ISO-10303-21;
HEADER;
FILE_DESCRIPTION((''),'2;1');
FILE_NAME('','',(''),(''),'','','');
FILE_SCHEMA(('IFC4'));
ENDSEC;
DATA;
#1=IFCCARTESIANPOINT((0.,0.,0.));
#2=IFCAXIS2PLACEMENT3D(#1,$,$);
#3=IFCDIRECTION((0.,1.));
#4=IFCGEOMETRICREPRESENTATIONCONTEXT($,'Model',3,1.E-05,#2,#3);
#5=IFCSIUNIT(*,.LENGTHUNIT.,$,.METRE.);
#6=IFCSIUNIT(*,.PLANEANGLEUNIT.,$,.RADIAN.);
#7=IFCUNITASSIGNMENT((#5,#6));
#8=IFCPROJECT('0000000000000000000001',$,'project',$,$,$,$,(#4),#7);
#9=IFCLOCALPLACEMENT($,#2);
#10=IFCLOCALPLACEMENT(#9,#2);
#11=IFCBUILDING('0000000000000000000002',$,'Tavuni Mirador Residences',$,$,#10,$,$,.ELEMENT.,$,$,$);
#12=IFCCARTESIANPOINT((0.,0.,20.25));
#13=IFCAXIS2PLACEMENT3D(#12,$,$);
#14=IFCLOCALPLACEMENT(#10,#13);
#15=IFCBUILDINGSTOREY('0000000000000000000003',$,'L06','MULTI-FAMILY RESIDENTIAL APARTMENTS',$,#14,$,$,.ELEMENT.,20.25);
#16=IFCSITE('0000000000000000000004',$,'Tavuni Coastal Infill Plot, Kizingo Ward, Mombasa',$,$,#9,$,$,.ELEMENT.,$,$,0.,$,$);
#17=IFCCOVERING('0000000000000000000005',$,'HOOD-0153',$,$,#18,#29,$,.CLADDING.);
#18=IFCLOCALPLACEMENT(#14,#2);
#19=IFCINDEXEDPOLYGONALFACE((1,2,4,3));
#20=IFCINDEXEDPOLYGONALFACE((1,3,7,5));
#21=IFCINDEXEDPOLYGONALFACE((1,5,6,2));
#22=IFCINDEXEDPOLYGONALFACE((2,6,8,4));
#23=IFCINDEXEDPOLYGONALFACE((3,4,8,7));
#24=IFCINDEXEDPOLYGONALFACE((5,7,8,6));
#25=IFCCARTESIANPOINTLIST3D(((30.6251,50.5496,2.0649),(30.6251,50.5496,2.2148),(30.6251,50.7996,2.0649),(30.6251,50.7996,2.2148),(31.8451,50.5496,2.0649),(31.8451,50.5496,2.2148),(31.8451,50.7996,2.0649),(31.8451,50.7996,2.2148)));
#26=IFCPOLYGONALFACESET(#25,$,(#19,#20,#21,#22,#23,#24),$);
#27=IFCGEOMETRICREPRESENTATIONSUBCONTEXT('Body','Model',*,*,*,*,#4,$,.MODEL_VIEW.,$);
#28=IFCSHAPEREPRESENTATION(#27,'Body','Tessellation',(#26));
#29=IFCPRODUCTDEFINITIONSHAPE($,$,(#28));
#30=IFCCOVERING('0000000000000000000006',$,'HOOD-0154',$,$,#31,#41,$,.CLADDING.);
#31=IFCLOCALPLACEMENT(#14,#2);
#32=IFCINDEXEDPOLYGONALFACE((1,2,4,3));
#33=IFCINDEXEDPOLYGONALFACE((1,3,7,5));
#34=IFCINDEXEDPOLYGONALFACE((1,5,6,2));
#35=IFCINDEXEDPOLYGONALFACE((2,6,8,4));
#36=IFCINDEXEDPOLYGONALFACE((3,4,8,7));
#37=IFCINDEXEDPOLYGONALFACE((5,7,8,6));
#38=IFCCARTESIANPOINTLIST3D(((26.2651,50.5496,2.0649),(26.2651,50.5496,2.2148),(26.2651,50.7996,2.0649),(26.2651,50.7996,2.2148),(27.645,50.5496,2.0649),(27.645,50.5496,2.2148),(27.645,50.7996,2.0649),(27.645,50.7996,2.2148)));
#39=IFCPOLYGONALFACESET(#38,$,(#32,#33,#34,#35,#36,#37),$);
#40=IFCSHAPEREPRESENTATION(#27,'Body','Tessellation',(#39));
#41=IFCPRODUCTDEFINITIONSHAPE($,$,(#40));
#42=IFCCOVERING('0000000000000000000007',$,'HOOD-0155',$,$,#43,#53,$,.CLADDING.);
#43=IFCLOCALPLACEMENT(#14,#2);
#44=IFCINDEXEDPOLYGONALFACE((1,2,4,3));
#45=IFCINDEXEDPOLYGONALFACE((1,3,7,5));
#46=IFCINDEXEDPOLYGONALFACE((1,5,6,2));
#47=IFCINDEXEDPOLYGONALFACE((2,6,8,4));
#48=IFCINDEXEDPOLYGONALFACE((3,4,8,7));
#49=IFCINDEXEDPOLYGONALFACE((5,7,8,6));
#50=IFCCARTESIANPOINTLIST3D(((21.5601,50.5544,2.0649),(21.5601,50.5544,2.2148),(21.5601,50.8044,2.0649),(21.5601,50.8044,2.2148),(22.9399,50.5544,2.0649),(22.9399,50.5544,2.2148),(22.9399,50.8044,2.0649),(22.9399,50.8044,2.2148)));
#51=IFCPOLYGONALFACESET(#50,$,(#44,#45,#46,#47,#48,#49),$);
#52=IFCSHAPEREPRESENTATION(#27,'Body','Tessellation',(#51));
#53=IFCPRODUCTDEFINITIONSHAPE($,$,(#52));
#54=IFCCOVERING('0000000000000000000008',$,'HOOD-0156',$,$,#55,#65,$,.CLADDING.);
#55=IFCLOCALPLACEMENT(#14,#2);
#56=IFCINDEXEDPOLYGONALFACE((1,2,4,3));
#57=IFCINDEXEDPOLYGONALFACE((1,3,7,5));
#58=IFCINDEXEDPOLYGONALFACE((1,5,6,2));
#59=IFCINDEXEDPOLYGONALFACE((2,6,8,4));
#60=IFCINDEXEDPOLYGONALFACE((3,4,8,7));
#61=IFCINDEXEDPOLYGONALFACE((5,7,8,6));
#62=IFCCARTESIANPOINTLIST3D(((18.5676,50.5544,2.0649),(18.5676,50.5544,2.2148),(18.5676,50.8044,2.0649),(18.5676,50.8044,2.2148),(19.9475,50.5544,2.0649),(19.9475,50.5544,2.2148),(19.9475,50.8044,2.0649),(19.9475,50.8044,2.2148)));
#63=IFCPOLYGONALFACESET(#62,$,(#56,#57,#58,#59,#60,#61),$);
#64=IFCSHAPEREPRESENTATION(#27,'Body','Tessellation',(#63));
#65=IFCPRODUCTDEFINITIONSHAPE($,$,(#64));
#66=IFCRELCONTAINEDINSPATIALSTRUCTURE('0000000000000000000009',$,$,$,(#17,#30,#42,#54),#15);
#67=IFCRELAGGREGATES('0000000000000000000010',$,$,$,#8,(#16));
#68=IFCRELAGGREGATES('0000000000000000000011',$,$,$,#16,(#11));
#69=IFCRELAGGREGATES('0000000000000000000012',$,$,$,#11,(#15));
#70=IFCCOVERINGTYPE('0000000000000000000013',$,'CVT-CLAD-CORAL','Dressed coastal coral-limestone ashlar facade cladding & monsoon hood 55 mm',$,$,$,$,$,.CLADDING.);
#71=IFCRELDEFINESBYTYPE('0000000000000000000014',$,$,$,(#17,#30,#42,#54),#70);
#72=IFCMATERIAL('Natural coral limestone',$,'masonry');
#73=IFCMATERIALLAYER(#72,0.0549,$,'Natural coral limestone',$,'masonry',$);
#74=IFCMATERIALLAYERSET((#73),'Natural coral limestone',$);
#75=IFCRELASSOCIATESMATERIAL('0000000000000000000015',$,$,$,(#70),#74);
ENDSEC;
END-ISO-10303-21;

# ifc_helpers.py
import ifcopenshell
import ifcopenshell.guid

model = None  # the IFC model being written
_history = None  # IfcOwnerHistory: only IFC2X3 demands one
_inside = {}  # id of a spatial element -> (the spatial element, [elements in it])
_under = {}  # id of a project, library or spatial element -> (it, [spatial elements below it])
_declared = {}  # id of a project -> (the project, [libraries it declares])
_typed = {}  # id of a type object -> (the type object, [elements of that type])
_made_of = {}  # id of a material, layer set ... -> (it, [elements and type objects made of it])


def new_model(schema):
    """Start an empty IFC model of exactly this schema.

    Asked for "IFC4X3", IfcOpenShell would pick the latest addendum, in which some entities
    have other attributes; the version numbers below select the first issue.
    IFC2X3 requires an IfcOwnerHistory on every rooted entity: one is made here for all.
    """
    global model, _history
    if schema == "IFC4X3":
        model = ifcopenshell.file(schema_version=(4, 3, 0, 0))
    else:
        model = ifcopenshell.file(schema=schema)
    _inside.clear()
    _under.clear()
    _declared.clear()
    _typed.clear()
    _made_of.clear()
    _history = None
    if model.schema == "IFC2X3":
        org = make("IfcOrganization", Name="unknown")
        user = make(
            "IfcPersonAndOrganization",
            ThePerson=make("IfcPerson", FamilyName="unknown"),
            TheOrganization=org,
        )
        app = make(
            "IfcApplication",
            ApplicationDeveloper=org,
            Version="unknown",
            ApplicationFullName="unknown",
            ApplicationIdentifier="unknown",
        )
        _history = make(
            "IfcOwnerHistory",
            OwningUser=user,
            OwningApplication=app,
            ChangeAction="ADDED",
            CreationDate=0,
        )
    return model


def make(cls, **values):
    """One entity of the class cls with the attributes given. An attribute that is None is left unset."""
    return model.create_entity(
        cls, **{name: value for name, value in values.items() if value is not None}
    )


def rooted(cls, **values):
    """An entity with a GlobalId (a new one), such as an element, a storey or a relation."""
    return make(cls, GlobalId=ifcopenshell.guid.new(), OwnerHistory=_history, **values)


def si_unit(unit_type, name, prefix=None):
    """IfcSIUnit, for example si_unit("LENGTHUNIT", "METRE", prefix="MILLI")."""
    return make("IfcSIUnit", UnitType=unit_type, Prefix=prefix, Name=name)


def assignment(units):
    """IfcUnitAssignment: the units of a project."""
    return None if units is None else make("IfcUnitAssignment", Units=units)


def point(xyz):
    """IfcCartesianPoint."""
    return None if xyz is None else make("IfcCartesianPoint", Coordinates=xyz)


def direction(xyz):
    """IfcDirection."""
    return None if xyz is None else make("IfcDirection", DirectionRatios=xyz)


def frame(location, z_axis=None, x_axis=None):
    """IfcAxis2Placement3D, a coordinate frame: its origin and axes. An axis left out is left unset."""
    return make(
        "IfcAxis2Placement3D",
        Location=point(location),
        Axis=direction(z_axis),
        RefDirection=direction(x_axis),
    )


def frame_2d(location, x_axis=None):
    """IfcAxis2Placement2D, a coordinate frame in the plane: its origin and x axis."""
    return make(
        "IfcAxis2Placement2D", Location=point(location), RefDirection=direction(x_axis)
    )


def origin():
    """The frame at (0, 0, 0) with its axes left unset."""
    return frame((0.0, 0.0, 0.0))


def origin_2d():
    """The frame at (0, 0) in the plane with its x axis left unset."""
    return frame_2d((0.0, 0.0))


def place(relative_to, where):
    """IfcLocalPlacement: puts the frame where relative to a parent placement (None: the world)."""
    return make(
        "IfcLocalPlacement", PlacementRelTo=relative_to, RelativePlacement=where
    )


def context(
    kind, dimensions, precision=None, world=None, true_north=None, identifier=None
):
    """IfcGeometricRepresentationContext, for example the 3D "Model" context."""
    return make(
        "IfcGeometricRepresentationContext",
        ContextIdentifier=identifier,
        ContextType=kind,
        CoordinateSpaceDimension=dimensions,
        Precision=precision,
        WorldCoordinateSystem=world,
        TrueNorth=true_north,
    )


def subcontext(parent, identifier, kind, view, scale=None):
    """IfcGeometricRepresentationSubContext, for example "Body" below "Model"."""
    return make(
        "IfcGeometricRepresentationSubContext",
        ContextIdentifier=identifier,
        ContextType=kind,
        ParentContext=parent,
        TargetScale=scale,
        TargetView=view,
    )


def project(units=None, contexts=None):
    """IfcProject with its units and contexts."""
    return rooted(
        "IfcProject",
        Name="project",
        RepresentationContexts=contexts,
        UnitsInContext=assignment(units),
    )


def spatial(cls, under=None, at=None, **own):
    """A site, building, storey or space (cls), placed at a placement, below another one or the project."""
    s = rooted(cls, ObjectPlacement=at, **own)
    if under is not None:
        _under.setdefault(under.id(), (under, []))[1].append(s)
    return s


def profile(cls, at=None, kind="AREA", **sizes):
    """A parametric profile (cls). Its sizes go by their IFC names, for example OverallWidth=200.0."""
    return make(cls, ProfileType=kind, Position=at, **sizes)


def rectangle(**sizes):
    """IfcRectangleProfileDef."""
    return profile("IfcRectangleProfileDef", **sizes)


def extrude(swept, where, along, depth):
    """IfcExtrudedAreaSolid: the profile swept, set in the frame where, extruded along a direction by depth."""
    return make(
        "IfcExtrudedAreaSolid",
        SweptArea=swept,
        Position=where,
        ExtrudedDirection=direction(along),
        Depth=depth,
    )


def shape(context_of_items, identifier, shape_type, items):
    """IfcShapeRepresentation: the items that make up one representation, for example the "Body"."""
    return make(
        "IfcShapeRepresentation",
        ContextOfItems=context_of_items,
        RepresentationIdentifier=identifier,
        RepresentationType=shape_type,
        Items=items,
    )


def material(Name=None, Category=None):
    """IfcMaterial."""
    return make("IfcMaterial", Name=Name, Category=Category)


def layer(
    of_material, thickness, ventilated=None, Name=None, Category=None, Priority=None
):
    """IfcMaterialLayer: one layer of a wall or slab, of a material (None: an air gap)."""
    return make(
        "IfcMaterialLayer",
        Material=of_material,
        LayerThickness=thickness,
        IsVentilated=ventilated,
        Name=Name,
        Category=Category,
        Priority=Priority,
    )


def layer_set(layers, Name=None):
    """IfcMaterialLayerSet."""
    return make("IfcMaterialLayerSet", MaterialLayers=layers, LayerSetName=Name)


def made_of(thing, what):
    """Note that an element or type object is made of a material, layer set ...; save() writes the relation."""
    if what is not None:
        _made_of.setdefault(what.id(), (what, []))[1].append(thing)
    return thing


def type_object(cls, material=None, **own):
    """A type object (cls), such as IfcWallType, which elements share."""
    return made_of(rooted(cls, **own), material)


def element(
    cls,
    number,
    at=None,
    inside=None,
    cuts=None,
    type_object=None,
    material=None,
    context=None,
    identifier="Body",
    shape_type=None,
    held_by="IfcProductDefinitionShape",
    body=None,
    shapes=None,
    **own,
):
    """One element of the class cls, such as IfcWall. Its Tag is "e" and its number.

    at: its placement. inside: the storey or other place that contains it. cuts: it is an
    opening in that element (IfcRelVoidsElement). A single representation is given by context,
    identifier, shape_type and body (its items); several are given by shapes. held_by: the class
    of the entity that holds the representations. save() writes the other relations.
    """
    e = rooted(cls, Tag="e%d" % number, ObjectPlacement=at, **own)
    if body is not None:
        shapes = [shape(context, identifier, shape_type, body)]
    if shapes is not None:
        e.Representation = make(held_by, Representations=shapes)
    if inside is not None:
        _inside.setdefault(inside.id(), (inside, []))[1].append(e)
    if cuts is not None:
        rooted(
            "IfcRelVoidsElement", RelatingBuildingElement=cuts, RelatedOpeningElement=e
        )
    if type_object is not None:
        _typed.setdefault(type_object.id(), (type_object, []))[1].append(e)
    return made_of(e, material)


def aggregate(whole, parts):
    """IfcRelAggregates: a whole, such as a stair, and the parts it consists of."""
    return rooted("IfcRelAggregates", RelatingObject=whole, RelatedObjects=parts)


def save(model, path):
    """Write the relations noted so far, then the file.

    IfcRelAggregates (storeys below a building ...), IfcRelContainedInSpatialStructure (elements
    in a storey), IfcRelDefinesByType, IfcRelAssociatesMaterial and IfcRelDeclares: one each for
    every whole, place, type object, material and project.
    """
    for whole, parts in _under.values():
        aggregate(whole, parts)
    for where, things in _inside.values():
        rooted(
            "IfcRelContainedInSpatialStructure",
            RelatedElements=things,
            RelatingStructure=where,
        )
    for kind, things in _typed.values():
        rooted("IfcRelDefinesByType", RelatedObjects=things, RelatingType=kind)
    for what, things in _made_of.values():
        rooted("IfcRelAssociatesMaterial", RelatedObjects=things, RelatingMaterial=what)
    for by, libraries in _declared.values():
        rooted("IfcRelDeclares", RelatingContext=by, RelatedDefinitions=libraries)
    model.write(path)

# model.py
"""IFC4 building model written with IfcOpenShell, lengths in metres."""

from ifc_helpers import new_model, si_unit, direction, frame, origin, origin_2d, place, context, subcontext, project, spatial, rectangle, extrude, material, layer, layer_set, type_object, element, save


model = new_model("IFC4")

# Units and contexts
model_context = context("Model", 3, precision=1e-05, world=origin(), true_north=direction((0.0, 1.0)))
body_context = subcontext(model_context, "Body", "Model", "MODEL_VIEW")
ifc_project = project(units=[si_unit("LENGTHUNIT", "METRE"), si_unit("PLANEANGLEUNIT", "RADIAN")], contexts=[model_context])

# Site, building, storey
site_placement = place(None, origin())
site = spatial("IfcSite", under=ifc_project, at=site_placement, Name="Tavuni Coastal Infill Plot, Kizingo Ward, Mombasa", CompositionType="ELEMENT", RefElevation=0.0)
building_placement = place(site_placement, origin())
building = spatial("IfcBuilding", under=site, at=building_placement, Name="Tavuni Mirador Residences", CompositionType="ELEMENT")
storey_placement = place(building_placement, frame((0.0, 0.0, 20.25)))
storey = spatial("IfcBuildingStorey", under=building, at=storey_placement, Name="L06", Description="MULTI-FAMILY RESIDENTIAL APARTMENTS", CompositionType="ELEMENT", Elevation=20.25)

# Coverings
ifc_material_1 = material(Name="Natural coral limestone", Category="masonry")
ifc_layer_1 = layer(ifc_material_1, 0.0549, Name="Natural coral limestone", Category="masonry")
ifc_layer_set_1 = layer_set([ifc_layer_1], Name="Natural coral limestone")
covering_type = type_object("IfcCoveringType", Name="CVT-CLAD-CORAL", Description="Dressed coastal coral-limestone ashlar facade cladding & monsoon hood 55 mm", PredefinedType="CLADDING", material=ifc_layer_set_1)
covering_placement = place(storey_placement, frame((31.2351, 50.6746, 2.0649), z_axis=(0.0, 0.0, 1.0), x_axis=(-1.0, 0.0, 0.0)))
element("IfcCovering", 1, at=covering_placement, inside=storey, type_object=covering_type, Name="HOOD-0153", PredefinedType="CLADDING", context=body_context, shape_type="SweptSolid", body=[
    extrude(rectangle(XDim=1.22, YDim=0.25, at=origin_2d()), origin(), (0.0, 0.0, 1.0), 0.1499),
])
for number, where, z_axis, x_axis, name in (
    (2, (26.9551, 50.6746, 2.0649), (0.0, 0.0, 1.0), (-1.0, 0.0, 0.0), "HOOD-0154"),
    (3, (22.25, 50.6794, 2.0649), (0.0, 0.0, 1.0), (-1.0, 0.0, 0.0), "HOOD-0155"),
    (4, (19.2576, 50.6794, 2.0649), (0.0, 0.0, 1.0), (-1.0, 0.0, 0.0), "HOOD-0156"),
):
    element("IfcCovering", number, at=place(storey_placement, frame(where, z_axis=z_axis, x_axis=x_axis)), inside=storey, type_object=covering_type, Name=name, PredefinedType="CLADDING", context=body_context, shape_type="SweptSolid", body=[
        extrude(rectangle(XDim=1.3799, YDim=0.25, at=origin_2d()), origin(), (0.0, 0.0, 1.0), 0.1499),
    ])

save(model, "model.ifc")
